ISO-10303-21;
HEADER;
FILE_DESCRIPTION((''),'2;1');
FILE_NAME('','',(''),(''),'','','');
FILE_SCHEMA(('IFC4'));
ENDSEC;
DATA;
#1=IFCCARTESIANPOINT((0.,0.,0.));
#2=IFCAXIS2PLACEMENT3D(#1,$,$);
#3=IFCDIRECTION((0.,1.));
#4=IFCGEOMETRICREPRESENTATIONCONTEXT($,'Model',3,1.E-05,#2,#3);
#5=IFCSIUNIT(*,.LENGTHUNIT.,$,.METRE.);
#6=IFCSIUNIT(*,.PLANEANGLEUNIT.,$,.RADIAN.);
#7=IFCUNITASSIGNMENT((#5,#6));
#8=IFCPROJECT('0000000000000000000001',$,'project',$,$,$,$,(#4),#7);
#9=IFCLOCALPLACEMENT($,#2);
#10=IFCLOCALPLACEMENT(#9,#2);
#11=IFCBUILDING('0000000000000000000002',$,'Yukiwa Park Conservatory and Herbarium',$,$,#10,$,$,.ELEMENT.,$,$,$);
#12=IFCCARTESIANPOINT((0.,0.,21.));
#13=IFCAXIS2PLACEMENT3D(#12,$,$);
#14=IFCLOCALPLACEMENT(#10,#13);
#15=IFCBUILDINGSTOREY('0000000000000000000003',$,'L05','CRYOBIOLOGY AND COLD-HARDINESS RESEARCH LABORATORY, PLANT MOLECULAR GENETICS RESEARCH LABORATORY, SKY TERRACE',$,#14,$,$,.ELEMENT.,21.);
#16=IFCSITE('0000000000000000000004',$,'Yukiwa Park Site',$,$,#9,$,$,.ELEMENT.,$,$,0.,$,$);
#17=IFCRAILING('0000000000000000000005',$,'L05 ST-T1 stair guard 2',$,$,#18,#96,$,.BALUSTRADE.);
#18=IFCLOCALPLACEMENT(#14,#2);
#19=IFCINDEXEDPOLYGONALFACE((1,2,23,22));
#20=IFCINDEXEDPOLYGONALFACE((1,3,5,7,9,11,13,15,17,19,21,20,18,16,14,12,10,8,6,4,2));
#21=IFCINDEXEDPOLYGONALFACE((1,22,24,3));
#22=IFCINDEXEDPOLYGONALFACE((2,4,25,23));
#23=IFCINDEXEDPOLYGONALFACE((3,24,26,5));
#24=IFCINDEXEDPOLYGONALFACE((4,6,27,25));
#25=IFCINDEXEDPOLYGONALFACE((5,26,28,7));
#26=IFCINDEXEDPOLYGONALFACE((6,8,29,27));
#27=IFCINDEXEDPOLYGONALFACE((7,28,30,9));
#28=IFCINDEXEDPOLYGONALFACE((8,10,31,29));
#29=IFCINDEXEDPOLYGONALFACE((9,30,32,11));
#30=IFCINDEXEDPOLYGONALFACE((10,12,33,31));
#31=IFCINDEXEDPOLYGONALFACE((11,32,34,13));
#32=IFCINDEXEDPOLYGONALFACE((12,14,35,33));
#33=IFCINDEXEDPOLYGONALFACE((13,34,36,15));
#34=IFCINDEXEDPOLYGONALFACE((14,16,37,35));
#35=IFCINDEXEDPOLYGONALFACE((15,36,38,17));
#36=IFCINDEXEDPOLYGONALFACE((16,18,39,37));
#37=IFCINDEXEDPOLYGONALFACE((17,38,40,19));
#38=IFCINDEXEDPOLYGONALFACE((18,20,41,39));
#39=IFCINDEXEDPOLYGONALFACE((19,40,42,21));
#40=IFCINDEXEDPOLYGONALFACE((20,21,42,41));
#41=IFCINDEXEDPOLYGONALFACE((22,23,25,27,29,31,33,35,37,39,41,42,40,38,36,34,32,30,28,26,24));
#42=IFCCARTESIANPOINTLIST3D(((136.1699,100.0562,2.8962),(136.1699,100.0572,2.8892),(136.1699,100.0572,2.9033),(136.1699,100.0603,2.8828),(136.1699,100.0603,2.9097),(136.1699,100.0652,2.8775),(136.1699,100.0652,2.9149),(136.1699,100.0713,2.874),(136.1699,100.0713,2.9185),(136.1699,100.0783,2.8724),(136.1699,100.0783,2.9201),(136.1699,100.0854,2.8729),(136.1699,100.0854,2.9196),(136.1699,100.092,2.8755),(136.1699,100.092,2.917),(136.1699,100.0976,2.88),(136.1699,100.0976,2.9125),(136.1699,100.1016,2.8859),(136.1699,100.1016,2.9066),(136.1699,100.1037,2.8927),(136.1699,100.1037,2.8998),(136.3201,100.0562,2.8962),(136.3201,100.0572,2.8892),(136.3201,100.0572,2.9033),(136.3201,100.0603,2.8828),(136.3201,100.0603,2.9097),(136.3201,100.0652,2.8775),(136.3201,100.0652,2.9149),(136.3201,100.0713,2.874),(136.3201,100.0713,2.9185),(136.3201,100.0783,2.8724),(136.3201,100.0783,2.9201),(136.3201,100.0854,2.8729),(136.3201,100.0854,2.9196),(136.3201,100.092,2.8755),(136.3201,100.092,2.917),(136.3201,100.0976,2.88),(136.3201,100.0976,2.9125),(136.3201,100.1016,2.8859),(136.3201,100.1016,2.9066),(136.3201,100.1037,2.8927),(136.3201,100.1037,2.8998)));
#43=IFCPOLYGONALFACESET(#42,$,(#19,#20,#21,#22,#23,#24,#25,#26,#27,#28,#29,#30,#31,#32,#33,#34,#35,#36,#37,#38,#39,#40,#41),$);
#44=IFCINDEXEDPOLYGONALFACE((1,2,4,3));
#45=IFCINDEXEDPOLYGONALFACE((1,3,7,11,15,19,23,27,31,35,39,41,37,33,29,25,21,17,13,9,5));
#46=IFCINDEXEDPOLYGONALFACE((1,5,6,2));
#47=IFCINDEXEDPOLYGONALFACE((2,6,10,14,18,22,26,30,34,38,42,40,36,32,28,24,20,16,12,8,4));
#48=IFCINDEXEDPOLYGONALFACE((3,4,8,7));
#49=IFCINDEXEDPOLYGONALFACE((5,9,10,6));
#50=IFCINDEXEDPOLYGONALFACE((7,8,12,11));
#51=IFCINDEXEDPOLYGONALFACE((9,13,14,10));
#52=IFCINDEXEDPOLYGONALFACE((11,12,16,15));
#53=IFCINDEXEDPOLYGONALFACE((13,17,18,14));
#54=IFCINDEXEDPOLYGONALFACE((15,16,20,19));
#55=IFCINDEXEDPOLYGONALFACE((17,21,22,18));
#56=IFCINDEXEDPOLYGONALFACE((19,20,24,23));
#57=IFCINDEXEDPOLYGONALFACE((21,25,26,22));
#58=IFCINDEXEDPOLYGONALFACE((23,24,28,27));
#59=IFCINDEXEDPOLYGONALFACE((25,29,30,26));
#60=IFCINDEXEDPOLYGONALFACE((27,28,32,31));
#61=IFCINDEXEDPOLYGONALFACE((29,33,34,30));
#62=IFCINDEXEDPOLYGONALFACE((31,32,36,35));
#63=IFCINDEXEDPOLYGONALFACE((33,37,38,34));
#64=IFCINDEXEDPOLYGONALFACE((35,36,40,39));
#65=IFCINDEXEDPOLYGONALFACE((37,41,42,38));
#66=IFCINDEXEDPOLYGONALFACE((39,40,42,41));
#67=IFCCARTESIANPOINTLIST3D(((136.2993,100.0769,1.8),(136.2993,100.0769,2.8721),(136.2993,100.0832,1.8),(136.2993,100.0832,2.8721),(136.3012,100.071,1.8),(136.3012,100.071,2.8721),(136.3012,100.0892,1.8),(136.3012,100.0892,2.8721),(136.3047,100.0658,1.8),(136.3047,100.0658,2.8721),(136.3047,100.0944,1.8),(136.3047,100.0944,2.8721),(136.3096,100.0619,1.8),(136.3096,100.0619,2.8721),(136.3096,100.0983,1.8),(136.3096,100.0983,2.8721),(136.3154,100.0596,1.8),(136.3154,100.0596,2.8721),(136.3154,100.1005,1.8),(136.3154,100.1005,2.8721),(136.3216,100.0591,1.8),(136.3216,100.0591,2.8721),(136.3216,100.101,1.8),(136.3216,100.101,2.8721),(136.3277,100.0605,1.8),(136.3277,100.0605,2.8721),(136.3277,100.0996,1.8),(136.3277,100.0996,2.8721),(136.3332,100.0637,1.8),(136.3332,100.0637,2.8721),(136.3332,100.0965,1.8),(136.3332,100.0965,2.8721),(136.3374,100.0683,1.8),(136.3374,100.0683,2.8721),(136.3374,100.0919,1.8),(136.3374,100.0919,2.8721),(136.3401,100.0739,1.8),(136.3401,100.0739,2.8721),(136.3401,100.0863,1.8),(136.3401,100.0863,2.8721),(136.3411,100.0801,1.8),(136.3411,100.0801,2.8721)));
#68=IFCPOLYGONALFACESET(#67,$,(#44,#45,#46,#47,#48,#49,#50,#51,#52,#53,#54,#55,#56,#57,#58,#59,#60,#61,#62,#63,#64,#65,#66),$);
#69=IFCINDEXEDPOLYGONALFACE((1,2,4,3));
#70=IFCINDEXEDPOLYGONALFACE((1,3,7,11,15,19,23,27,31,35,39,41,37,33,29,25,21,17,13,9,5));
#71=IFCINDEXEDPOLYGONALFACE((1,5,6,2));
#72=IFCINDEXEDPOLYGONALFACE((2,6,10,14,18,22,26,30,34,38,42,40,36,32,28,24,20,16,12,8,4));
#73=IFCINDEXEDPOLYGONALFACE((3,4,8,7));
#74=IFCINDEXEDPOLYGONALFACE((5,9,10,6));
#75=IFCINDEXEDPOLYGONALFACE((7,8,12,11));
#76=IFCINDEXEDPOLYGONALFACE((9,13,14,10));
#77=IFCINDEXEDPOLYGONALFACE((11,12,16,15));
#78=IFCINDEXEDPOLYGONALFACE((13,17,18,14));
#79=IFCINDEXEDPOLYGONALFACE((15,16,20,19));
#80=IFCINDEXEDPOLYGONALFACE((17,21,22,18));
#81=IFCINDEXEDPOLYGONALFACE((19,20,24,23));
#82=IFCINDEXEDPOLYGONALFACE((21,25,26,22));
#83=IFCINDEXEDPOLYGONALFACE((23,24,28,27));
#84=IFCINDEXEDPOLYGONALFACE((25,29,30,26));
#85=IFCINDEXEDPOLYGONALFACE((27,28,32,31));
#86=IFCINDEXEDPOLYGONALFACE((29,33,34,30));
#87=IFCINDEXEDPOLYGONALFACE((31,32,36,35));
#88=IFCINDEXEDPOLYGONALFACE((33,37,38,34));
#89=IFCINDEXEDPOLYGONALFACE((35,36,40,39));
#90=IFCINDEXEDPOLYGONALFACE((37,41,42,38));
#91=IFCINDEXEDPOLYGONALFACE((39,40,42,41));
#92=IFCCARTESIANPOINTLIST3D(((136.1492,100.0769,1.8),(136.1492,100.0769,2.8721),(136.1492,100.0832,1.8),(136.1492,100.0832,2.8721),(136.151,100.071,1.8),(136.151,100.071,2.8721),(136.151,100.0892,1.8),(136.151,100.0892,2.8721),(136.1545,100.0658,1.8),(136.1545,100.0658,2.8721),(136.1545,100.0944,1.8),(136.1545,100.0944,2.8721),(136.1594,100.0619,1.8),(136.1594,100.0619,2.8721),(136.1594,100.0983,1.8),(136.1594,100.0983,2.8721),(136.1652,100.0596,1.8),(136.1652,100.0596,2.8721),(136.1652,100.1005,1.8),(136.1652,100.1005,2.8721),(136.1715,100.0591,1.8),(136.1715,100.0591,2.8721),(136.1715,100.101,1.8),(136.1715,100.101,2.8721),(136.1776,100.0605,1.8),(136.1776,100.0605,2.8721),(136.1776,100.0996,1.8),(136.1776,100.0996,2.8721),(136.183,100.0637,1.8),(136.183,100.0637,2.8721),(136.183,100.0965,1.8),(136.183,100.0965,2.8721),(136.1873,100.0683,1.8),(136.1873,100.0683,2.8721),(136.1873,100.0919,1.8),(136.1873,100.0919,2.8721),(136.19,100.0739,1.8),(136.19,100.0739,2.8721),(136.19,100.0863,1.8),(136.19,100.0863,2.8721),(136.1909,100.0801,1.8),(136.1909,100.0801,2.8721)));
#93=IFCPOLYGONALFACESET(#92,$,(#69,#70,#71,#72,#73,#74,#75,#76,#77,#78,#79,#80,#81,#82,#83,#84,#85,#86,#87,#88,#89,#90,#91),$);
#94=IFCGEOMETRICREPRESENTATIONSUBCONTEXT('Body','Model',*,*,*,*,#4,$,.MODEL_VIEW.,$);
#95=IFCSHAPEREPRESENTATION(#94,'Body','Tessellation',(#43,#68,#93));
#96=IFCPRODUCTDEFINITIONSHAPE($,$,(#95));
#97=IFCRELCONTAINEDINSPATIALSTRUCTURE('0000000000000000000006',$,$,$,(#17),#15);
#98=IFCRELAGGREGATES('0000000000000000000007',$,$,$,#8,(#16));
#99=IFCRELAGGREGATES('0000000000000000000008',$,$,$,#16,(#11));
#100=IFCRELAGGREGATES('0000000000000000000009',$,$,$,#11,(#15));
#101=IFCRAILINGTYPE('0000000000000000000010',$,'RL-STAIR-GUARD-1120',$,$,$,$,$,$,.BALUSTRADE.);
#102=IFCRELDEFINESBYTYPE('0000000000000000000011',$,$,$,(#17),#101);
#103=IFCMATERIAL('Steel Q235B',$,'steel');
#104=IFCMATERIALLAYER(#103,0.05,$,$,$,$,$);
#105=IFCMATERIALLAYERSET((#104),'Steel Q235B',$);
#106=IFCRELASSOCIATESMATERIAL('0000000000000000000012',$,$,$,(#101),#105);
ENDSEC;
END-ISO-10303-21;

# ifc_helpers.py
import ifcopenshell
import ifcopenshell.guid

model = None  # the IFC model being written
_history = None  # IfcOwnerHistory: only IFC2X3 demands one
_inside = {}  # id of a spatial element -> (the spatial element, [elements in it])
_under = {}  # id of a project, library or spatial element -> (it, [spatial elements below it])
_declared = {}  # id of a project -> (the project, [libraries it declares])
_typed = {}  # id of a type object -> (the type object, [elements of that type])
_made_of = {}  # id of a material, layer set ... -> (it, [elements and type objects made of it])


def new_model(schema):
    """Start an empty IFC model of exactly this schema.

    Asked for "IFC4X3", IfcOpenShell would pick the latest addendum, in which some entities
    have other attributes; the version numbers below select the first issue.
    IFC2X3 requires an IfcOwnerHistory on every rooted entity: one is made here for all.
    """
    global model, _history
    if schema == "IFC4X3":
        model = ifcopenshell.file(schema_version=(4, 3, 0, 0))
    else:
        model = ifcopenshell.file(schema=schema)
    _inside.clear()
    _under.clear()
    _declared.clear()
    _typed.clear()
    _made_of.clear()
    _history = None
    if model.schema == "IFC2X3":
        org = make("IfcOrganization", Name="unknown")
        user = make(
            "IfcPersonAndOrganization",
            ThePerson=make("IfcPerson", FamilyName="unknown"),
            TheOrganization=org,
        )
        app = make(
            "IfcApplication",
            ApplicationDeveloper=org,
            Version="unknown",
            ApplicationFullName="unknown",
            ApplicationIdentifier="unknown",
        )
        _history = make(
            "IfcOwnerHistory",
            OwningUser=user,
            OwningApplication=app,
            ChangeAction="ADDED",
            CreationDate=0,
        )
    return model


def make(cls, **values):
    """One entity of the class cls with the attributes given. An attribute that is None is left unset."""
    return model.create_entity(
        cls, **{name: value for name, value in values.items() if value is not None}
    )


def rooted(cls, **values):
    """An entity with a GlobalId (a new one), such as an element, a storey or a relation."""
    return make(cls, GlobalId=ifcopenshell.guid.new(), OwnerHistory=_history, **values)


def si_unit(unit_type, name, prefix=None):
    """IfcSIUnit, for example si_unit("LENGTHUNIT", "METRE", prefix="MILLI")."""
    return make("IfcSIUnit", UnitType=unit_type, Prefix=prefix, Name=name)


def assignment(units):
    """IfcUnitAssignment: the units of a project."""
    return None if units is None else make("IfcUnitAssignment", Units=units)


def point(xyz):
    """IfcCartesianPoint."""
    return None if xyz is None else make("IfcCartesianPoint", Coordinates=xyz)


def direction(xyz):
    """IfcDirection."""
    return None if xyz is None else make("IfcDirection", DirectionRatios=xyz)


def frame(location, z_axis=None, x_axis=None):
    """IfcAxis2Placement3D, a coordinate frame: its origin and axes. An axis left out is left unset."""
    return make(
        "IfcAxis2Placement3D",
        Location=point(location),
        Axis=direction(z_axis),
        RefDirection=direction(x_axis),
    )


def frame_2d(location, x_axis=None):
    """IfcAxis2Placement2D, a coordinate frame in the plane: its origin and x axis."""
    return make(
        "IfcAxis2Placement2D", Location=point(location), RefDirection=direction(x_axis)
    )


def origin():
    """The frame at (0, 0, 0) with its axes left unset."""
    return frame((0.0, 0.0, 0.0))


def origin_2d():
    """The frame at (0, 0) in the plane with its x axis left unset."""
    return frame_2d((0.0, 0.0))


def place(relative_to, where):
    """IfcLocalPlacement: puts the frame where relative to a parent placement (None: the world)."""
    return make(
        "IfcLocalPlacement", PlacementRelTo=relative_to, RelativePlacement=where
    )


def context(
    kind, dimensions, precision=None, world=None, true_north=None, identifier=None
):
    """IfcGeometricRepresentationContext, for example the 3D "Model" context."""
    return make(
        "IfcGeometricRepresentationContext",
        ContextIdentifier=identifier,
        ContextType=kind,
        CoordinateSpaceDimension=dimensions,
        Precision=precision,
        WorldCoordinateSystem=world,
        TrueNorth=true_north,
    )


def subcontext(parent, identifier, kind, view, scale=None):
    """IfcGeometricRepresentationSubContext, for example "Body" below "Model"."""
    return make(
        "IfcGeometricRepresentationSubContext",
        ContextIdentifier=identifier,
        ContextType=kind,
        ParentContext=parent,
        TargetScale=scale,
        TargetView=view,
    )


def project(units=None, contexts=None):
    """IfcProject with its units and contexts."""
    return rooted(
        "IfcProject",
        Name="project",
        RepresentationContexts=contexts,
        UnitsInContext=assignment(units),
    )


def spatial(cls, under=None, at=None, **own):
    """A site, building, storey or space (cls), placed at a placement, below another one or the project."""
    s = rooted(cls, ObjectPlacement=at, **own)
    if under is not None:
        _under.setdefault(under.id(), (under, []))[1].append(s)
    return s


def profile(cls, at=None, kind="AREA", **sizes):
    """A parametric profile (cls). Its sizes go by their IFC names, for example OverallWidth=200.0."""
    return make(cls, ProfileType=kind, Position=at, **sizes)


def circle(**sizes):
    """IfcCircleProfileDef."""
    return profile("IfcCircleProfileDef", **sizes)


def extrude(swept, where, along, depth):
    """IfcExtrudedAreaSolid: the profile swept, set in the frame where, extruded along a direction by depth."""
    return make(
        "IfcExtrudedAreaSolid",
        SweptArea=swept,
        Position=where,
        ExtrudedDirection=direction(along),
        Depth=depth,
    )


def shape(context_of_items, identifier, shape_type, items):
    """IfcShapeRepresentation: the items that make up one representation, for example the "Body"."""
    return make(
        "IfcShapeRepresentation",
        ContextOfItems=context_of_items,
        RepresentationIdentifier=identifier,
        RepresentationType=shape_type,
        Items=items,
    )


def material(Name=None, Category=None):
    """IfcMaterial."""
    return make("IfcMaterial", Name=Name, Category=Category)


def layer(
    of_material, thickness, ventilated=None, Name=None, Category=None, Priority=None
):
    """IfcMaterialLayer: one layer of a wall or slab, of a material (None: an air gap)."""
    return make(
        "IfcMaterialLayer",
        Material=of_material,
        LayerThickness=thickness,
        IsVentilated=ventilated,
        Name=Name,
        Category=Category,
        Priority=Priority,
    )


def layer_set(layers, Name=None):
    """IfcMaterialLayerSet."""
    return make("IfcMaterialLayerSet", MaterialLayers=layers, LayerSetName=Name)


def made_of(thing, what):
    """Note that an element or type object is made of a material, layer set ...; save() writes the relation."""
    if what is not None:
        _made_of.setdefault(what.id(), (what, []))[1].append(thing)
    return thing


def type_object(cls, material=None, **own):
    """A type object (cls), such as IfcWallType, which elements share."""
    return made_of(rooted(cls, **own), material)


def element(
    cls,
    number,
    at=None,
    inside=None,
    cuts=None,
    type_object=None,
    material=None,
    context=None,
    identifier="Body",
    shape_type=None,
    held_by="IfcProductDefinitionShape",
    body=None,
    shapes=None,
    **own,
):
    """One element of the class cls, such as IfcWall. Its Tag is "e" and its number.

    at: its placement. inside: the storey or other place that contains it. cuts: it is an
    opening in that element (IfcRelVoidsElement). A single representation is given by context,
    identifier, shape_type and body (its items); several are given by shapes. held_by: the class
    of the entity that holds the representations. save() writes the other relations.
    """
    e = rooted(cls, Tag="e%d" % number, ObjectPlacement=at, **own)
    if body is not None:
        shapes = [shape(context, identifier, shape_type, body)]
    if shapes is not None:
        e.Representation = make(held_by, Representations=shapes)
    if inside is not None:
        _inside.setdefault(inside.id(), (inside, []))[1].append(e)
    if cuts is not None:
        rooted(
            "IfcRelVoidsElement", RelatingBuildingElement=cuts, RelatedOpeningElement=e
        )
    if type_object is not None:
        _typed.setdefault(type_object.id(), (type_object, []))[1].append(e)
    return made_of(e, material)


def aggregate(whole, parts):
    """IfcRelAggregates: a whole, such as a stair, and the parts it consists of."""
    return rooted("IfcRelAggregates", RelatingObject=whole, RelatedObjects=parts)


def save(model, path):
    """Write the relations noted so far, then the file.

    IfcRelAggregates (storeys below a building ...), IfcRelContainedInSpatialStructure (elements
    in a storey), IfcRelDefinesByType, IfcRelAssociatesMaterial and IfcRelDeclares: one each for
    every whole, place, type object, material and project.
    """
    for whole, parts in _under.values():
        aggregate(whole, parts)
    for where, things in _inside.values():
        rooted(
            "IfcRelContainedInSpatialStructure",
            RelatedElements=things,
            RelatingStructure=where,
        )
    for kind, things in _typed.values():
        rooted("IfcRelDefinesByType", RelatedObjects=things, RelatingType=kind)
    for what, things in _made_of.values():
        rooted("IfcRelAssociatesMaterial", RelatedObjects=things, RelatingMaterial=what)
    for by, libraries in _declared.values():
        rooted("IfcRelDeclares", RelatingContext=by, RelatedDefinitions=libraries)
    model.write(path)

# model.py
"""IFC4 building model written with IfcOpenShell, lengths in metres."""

from ifc_helpers import new_model, si_unit, direction, frame, origin, origin_2d, place, context, subcontext, project, spatial, circle, extrude, material, layer, layer_set, type_object, element, save


model = new_model("IFC4")

# Units and contexts
model_context = context("Model", 3, precision=1e-05, world=origin(), true_north=direction((0.0, 1.0)))
body_context = subcontext(model_context, "Body", "Model", "MODEL_VIEW")
ifc_project = project(units=[si_unit("LENGTHUNIT", "METRE"), si_unit("PLANEANGLEUNIT", "RADIAN")], contexts=[model_context])

# Site, building, storey
site_placement = place(None, origin())
site = spatial("IfcSite", under=ifc_project, at=site_placement, Name="Yukiwa Park Site", CompositionType="ELEMENT", RefElevation=0.0)
building_placement = place(site_placement, origin())
building = spatial("IfcBuilding", under=site, at=building_placement, Name="Yukiwa Park Conservatory and Herbarium", CompositionType="ELEMENT")
storey_placement = place(building_placement, frame((0.0, 0.0, 21.0)))
storey = spatial("IfcBuildingStorey", under=building, at=storey_placement, Name="L05", Description="CRYOBIOLOGY AND COLD-HARDINESS RESEARCH LABORATORY, PLANT MOLECULAR GENETICS RESEARCH LABORATORY, SKY TERRACE", CompositionType="ELEMENT", Elevation=21.0)

# Railing
ifc_material_1 = material(Name="Steel Q235B", Category="steel")
ifc_layer_1 = layer(ifc_material_1, 0.05)
ifc_layer_set_1 = layer_set([ifc_layer_1], Name="Steel Q235B")
railing_type_1 = type_object("IfcRailingType", Name="RL-STAIR-GUARD-1120", PredefinedType="BALUSTRADE", material=ifc_layer_set_1)
railing_1_placement = place(storey_placement, frame((136.3201, 100.0801, 1.8)))
element("IfcRailing", 1, at=railing_1_placement, inside=storey, type_object=railing_type_1, Name="L05 ST-T1 stair guard 2", PredefinedType="BALUSTRADE", context=body_context, shape_type="SweptSolid", body=[
    extrude(circle(Radius=0.0239, at=origin_2d()), frame((0.0, 0.0, 1.0962), z_axis=(-1.0, 0.0, 0.0), x_axis=(0.0, -1.0, 0.0)), (0.0, 0.0, 1.0), 0.1501),
    extrude(circle(Radius=0.021, at=origin_2d()), origin(), (0.0, 0.0, 1.0), 1.072),
    extrude(circle(Radius=0.021, at=origin_2d()), frame((-0.1501, 0.0, 0.0)), (0.0, 0.0, 1.0), 1.072),
])

save(model, "model.ifc")
